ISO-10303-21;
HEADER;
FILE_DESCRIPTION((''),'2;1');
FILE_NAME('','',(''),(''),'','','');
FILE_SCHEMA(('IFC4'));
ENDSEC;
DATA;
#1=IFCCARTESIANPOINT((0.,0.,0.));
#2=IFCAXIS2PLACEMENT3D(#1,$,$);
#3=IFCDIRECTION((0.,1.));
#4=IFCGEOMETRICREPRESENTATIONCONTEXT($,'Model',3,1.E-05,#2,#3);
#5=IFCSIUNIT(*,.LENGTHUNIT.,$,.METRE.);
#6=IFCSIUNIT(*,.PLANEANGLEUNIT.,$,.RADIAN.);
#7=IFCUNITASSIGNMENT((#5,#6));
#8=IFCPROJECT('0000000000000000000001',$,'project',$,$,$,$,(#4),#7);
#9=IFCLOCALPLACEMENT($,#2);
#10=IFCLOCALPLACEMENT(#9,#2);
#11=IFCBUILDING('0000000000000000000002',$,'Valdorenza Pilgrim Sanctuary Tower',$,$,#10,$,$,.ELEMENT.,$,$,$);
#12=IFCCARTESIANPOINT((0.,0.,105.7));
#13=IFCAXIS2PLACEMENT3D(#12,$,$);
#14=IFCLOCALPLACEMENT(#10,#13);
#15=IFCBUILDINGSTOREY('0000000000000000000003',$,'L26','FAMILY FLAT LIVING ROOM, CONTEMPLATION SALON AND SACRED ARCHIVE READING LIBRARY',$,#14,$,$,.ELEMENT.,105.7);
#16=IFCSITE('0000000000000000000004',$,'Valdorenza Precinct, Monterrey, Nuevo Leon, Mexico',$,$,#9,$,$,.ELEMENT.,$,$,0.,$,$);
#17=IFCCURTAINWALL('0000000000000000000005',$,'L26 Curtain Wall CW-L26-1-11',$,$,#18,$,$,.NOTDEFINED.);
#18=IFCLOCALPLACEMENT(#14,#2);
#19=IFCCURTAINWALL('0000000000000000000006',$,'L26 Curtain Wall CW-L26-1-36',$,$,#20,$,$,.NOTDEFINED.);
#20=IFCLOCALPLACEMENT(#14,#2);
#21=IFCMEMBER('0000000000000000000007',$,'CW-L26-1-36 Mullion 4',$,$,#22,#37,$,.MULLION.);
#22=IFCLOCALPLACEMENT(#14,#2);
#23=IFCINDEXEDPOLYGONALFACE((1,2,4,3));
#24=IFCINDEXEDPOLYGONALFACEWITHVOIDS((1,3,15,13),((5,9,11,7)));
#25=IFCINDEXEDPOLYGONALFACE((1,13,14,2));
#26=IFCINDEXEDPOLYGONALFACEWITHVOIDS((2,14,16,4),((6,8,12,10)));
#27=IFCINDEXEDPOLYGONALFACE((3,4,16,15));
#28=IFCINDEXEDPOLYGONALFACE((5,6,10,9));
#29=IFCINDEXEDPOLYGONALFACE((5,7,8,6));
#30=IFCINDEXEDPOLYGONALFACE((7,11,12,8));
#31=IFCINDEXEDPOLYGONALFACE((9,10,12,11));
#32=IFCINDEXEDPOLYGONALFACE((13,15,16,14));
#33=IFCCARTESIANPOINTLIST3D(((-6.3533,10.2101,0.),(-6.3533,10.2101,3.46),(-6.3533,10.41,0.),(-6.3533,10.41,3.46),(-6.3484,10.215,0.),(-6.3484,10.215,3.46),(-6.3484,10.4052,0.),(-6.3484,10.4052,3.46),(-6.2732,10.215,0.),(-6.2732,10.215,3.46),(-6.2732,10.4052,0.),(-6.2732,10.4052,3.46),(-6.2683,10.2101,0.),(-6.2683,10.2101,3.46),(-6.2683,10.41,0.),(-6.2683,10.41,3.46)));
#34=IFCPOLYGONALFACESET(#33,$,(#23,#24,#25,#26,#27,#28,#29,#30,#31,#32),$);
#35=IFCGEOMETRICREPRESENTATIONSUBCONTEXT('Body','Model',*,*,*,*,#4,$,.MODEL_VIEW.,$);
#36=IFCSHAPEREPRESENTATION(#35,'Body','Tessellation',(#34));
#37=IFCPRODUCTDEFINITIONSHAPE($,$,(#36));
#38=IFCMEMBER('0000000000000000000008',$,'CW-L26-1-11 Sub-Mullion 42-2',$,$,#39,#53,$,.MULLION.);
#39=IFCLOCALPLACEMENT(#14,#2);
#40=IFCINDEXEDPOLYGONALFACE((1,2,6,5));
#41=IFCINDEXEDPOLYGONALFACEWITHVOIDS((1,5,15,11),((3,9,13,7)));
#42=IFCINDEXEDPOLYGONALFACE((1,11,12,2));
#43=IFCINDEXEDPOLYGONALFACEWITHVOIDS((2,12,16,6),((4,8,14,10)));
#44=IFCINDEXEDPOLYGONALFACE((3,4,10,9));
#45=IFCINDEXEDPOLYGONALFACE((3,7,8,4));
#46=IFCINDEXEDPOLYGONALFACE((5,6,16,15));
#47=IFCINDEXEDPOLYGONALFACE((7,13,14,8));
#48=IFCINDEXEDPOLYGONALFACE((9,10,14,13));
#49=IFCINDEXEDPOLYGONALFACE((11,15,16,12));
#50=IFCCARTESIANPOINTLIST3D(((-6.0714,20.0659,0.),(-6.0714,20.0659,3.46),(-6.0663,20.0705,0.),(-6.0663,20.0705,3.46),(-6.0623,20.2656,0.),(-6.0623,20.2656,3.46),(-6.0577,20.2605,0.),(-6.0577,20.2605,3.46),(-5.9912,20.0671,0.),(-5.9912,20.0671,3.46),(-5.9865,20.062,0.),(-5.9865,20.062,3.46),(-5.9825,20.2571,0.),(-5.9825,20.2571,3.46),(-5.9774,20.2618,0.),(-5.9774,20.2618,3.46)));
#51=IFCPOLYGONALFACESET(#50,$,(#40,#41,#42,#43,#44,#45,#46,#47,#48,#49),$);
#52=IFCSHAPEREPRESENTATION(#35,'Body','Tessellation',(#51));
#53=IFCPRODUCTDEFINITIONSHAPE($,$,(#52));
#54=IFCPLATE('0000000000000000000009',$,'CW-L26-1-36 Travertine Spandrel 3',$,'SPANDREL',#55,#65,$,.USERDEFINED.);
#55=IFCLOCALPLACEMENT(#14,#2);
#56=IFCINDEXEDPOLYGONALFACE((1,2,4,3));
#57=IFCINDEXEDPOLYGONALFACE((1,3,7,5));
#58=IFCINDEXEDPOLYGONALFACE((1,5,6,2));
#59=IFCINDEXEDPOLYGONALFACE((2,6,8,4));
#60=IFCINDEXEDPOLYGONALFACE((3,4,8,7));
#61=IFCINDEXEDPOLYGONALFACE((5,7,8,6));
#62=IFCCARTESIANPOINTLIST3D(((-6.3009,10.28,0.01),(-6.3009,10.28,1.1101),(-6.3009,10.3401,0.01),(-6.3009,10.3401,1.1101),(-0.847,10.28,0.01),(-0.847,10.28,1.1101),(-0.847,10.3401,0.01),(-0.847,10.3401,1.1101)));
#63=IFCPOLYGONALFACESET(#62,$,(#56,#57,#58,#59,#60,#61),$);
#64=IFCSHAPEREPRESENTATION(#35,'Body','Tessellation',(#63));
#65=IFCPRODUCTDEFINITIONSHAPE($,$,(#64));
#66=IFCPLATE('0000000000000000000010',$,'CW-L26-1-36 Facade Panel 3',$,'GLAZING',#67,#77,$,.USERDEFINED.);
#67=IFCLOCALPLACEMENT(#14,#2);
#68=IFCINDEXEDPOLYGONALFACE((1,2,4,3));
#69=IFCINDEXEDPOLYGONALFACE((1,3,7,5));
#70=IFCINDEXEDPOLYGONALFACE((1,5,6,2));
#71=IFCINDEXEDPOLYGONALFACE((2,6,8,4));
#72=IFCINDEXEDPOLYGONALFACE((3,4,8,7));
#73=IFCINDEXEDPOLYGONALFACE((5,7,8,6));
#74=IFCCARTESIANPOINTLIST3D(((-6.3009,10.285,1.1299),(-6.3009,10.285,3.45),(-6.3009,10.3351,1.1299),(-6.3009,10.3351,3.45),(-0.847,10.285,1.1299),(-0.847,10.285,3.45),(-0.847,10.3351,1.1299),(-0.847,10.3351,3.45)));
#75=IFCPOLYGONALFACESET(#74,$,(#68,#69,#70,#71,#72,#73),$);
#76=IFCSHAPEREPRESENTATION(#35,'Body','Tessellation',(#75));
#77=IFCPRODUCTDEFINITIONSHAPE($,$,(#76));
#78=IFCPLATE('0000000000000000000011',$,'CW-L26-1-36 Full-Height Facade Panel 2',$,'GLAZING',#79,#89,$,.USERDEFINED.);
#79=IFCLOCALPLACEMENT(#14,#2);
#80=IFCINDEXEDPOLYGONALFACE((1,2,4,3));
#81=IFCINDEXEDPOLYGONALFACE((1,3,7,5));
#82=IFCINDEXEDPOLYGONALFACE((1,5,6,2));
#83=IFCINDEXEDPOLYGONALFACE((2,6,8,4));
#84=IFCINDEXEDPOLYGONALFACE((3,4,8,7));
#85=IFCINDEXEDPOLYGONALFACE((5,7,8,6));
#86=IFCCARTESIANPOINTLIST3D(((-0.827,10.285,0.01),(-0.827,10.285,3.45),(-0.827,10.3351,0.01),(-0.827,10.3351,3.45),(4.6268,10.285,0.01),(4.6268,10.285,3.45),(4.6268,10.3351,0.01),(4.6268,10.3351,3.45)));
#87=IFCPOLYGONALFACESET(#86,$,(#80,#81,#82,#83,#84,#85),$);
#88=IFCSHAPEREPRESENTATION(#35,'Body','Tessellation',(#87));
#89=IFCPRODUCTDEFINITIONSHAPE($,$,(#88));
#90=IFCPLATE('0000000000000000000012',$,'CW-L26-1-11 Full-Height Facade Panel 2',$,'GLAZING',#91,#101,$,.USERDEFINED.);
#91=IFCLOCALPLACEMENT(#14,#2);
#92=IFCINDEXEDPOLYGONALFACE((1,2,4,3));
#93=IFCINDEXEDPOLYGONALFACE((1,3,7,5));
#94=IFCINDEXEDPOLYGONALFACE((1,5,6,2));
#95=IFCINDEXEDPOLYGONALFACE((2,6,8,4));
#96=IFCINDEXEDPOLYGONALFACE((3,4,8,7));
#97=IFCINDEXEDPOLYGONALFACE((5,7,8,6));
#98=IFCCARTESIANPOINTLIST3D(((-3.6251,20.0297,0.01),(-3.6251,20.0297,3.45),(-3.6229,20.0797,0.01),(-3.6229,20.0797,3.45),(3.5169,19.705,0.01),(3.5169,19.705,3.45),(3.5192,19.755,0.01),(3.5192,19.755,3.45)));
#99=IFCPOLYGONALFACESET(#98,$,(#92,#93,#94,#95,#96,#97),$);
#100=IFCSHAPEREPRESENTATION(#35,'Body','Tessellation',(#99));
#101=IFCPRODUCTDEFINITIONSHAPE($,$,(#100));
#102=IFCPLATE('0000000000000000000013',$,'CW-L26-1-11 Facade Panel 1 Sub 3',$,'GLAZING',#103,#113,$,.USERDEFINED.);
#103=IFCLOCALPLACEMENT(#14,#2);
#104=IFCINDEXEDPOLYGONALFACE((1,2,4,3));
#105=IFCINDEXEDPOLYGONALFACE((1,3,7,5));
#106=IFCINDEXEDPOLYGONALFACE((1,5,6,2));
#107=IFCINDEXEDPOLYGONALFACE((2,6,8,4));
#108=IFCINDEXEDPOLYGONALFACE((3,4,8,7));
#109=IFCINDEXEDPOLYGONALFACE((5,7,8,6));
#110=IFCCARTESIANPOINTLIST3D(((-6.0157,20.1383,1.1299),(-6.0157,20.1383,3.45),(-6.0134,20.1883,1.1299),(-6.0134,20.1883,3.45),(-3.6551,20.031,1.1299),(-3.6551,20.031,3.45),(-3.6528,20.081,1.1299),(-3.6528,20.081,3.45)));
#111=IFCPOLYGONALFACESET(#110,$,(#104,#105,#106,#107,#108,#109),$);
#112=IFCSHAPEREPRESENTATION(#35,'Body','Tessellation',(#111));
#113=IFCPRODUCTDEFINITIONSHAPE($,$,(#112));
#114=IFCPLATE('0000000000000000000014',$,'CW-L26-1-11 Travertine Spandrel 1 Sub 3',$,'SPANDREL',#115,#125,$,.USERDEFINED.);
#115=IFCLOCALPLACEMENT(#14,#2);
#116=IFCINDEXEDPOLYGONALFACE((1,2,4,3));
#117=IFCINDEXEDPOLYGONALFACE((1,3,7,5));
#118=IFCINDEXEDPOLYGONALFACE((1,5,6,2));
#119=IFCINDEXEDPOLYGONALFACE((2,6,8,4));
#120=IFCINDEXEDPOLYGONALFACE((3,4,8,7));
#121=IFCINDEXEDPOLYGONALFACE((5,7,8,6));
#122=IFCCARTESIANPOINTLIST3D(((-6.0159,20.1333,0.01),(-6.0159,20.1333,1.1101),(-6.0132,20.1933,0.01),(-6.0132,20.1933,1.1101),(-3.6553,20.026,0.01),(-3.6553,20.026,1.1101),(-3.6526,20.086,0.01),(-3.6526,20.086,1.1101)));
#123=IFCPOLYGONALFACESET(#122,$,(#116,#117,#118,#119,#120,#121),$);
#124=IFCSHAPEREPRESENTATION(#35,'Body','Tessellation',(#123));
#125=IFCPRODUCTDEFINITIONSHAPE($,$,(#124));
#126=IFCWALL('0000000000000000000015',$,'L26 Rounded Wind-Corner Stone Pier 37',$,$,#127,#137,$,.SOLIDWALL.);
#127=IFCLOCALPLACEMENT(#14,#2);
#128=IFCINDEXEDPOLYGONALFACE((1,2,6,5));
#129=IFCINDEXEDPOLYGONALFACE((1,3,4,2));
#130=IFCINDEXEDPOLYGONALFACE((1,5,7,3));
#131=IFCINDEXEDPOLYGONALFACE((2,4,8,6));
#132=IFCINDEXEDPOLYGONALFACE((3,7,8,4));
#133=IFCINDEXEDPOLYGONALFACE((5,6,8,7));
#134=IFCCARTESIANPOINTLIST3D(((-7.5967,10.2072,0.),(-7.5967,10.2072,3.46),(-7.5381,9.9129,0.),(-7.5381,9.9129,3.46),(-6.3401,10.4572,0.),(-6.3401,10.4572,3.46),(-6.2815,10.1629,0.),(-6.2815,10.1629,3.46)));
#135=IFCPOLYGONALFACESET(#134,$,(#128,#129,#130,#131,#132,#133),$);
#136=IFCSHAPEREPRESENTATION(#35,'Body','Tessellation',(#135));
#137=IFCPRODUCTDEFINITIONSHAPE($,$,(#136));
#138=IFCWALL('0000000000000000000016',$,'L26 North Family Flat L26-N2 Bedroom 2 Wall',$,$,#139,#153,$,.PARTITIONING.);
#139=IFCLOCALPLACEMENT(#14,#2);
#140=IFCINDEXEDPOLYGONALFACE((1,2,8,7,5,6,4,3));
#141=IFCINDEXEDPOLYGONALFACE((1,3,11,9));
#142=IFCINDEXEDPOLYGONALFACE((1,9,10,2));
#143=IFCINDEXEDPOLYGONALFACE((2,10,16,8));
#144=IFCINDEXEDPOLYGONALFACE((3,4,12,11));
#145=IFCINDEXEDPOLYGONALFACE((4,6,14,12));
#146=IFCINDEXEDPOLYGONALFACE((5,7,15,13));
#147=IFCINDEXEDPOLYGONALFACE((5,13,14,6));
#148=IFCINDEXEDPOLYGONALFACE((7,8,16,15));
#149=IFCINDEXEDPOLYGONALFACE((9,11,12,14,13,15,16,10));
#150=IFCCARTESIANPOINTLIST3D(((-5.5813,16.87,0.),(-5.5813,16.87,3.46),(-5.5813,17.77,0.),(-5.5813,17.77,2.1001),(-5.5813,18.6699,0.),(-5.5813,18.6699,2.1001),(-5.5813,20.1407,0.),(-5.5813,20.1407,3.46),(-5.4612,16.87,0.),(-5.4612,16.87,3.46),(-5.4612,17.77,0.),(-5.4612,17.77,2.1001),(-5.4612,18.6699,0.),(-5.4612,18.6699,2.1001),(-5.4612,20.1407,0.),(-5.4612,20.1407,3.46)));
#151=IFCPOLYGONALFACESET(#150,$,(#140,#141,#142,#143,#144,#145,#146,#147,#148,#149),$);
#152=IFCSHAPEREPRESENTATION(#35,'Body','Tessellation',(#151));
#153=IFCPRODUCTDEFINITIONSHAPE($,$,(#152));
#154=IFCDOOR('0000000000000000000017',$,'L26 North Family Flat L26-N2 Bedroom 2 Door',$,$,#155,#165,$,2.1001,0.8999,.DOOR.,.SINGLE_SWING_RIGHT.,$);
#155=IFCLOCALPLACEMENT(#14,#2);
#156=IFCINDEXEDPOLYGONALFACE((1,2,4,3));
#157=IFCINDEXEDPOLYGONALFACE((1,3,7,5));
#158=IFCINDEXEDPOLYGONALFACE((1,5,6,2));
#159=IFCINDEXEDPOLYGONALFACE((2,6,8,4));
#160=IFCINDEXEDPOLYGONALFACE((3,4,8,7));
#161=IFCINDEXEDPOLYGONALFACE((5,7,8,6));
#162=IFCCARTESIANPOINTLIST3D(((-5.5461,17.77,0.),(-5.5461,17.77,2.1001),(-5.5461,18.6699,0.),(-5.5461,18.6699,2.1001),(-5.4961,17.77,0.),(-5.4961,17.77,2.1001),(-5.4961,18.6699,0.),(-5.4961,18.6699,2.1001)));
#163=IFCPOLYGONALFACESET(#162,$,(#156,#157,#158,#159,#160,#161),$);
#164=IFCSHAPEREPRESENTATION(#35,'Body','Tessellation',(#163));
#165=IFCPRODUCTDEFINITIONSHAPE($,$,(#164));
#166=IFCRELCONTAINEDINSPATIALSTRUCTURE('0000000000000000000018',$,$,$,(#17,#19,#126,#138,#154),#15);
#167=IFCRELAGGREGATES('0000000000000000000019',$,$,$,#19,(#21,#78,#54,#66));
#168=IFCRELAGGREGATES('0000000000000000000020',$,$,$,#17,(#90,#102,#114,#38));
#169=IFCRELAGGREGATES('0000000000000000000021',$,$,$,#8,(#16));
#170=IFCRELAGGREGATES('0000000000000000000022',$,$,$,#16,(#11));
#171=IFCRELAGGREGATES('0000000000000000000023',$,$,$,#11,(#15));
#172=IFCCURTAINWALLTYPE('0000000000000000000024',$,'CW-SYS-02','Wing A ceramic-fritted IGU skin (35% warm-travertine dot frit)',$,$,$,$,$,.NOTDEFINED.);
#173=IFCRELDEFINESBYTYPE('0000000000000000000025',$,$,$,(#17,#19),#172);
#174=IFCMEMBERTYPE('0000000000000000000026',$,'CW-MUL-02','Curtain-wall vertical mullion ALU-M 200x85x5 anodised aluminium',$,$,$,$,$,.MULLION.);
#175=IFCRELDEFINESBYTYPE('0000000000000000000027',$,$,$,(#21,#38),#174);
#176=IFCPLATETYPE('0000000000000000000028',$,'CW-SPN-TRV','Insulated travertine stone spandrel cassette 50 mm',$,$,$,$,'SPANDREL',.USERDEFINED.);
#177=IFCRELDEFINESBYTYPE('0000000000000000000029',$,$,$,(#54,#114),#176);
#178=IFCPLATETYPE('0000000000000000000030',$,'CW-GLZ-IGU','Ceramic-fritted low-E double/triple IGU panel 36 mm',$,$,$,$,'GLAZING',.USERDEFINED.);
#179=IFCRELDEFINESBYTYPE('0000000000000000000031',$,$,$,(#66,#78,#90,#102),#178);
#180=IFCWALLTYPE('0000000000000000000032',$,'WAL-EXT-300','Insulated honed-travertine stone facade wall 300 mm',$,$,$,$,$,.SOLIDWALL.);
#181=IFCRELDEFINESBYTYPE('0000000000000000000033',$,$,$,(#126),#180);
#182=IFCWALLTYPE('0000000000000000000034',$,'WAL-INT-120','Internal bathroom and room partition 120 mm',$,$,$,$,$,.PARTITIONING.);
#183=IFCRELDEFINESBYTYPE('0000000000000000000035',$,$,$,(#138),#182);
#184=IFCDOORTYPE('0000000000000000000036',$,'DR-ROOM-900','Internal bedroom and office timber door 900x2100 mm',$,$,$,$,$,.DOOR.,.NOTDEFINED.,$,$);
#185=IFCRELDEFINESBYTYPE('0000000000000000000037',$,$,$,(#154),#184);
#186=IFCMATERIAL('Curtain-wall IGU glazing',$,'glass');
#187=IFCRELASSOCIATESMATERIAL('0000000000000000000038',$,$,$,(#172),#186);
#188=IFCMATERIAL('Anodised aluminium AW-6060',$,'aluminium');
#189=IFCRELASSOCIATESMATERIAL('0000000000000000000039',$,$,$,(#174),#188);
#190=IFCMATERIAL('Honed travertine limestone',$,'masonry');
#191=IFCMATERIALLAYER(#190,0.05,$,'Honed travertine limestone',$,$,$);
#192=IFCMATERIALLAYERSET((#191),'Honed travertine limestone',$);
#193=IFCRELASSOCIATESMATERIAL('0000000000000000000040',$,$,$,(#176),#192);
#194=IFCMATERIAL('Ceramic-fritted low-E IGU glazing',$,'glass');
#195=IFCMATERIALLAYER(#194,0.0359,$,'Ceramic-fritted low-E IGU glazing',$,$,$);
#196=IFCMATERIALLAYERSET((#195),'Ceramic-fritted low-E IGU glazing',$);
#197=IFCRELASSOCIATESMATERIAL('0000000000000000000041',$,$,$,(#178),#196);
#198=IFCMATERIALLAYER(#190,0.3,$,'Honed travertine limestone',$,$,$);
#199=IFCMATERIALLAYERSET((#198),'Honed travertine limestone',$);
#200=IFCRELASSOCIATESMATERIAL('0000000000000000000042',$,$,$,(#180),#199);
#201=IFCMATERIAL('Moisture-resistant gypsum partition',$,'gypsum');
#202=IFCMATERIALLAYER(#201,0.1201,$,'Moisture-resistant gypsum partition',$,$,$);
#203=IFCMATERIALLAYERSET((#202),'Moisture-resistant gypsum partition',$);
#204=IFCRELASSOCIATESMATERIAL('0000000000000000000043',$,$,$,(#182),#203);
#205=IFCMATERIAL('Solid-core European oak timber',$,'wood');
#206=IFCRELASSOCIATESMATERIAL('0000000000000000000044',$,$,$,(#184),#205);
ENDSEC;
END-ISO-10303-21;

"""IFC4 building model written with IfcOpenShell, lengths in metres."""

from ifc_helpers import new_model, si_unit, direction, frame, frame_2d, origin, origin_2d, place, context, subcontext, project, spatial, rectangle, hollow_rectangle, extrude, source, transform, mapped, material, layer, layer_set, material_profile, profile_set, type_object, element, fill, aggregate, save


model = new_model("IFC4")

# Units and contexts
model_context = context("Model", 3, precision=1e-05, world=origin(), true_north=direction((0.0, 1.0)))
body_context = subcontext(model_context, "Body", "Model", "MODEL_VIEW")
ifc_project = project(units=[si_unit("LENGTHUNIT", "METRE"), si_unit("PLANEANGLEUNIT", "RADIAN")], contexts=[model_context])

# Site, building, storey
site_placement = place(None, origin())
site = spatial("IfcSite", under=ifc_project, at=site_placement, Name="Valdorenza Precinct, Monterrey, Nuevo Leon, Mexico", CompositionType="ELEMENT", RefElevation=0.0)
building_placement = place(site_placement, origin())
building = spatial("IfcBuilding", under=site, at=building_placement, Name="Valdorenza Pilgrim Sanctuary Tower", CompositionType="ELEMENT")
storey_placement = place(building_placement, frame((0.0, 0.0, 105.7)))
storey = spatial("IfcBuildingStorey", under=building, at=storey_placement, Name="L26", Description="FAMILY FLAT LIVING ROOM, CONTEMPLATION SALON AND SACRED ARCHIVE READING LIBRARY", CompositionType="ELEMENT", Elevation=105.7)

# Curtain walls, member
ifc_material_1 = material(Name="Curtain-wall IGU glazing", Category="glass")
curtain_wall_type = type_object("IfcCurtainWallType", Name="CW-SYS-02", Description="Wing A ceramic-fritted IGU skin (35% warm-travertine dot frit)", PredefinedType="NOTDEFINED", material=ifc_material_1)
curtain_wall_1_placement = place(storey_placement, origin())
curtain_wall_1 = element("IfcCurtainWall", 1, at=curtain_wall_1_placement, inside=storey, type_object=curtain_wall_type, Name="L26 Curtain Wall CW-L26-1-11", PredefinedType="NOTDEFINED")
ifc_material_2 = material(Name="Anodised aluminium AW-6060", Category="aluminium")
ifc_material_profile_1 = material_profile(ifc_material_2, hollow_rectangle(XDim=0.085, YDim=0.2, WallThickness=0.0049, at=origin_2d()), Name="ALU-M 200x85x5")
ifc_profile_set_1 = profile_set([ifc_material_profile_1], Name="Anodised aluminium AW-6060")
member_type = type_object("IfcMemberType", Name="CW-MUL-02", Description="Curtain-wall vertical mullion ALU-M 200x85x5 anodised aluminium", PredefinedType="MULLION", material=ifc_profile_set_1)
shared_shape_1 = source(origin(), body_context, "Body", "SweptSolid", [
    extrude(hollow_rectangle(XDim=0.085, YDim=0.2, WallThickness=0.0049, at=origin_2d()), origin(), (0.0, 0.0, 1.0), 3.46),
])
curtain_wall_2_placement = place(storey_placement, origin())
curtain_wall_2 = element("IfcCurtainWall", 2, at=curtain_wall_2_placement, inside=storey, type_object=curtain_wall_type, Name="L26 Curtain Wall CW-L26-1-36", PredefinedType="NOTDEFINED")
member_1_placement = place(storey_placement, frame((-6.3108, 10.3101, 0.0), z_axis=(0.0, 0.0, 1.0), x_axis=(-1.0, 0.0, 0.0)))
member_1 = element("IfcMember", 3, at=member_1_placement, type_object=member_type, Name="CW-L26-1-36 Mullion 4", PredefinedType="MULLION", context=body_context, shape_type="MappedRepresentation", body=[
    mapped(shared_shape_1, transform((0.0, 0.0, 0.0), x_axis=(1.0, 0.0, 0.0), y_axis=(0.0, 1.0, 0.0), z_axis=(0.0, 0.0, 1.0), scale=1.0)),
])

# Member
member_2_placement = place(storey_placement, frame((-6.0244, 20.1638, 0.0), z_axis=(0.0, 0.0, 1.0), x_axis=(0.998968, -0.045415, 0.0)))
member_2 = element("IfcMember", 4, at=member_2_placement, type_object=member_type, Name="CW-L26-1-11 Sub-Mullion 42-2", PredefinedType="MULLION", context=body_context, shape_type="MappedRepresentation", body=[
    mapped(shared_shape_1, transform((0.0, 0.0, 0.0), x_axis=(1.0, 0.0, 0.0), y_axis=(0.0, 1.0, 0.0), z_axis=(0.0, 0.0, 1.0), scale=1.0)),
])

# Plates
ifc_material_3 = material(Name="Honed travertine limestone", Category="masonry")
ifc_layer_1 = layer(ifc_material_3, 0.05, Name="Honed travertine limestone")
ifc_layer_set_1 = layer_set([ifc_layer_1], Name="Honed travertine limestone")
plate_type_1 = type_object("IfcPlateType", Name="CW-SPN-TRV", Description="Insulated travertine stone spandrel cassette 50 mm", ElementType="SPANDREL", PredefinedType="USERDEFINED", material=ifc_layer_set_1)
shared_shape_2 = source(origin(), body_context, "Body", "SweptSolid", [
    extrude(rectangle(XDim=5.4539, YDim=0.0601, at=origin_2d()), origin(), (0.0, 0.0, 1.0), 1.1001),
])
plate_1_placement = place(storey_placement, frame((-3.574, 10.3101, 0.01), z_axis=(0.0, 0.0, 1.0), x_axis=(-1.0, 0.0, 0.0)))
plate_1 = element("IfcPlate", 5, at=plate_1_placement, type_object=plate_type_1, Name="CW-L26-1-36 Travertine Spandrel 3", ObjectType="SPANDREL", PredefinedType="USERDEFINED", context=body_context, shape_type="MappedRepresentation", body=[
    mapped(shared_shape_2, transform((0.0, 0.0, 0.0), x_axis=(1.0, 0.0, 0.0), y_axis=(0.0, 1.0, 0.0), z_axis=(0.0, 0.0, 1.0), scale=1.0)),
])
ifc_material_4 = material(Name="Ceramic-fritted low-E IGU glazing", Category="glass")
ifc_layer_2 = layer(ifc_material_4, 0.0359, Name="Ceramic-fritted low-E IGU glazing")
ifc_layer_set_2 = layer_set([ifc_layer_2], Name="Ceramic-fritted low-E IGU glazing")
plate_type_2 = type_object("IfcPlateType", Name="CW-GLZ-IGU", Description="Ceramic-fritted low-E double/triple IGU panel 36 mm", ElementType="GLAZING", PredefinedType="USERDEFINED", material=ifc_layer_set_2)
shared_shape_3 = source(origin(), body_context, "Body", "SweptSolid", [
    extrude(rectangle(XDim=5.4539, YDim=0.05, at=origin_2d()), origin(), (0.0, 0.0, 1.0), 2.3201),
])
plate_2_placement = place(storey_placement, frame((-3.574, 10.3101, 1.1299), z_axis=(0.0, 0.0, 1.0), x_axis=(-1.0, 0.0, 0.0)))
plate_2 = element("IfcPlate", 6, at=plate_2_placement, type_object=plate_type_2, Name="CW-L26-1-36 Facade Panel 3", ObjectType="GLAZING", PredefinedType="USERDEFINED", context=body_context, shape_type="MappedRepresentation", body=[
    mapped(shared_shape_3, transform((0.0, 0.0, 0.0), x_axis=(1.0, 0.0, 0.0), y_axis=(0.0, 1.0, 0.0), z_axis=(0.0, 0.0, 1.0), scale=1.0)),
])
shared_shape_4 = source(origin(), body_context, "Body", "SweptSolid", [
    extrude(rectangle(XDim=5.4539, YDim=0.05, at=origin_2d()), origin(), (0.0, 0.0, 1.0), 3.4399),
])
plate_3_placement = place(storey_placement, frame((1.8999, 10.3101, 0.01), z_axis=(0.0, 0.0, 1.0), x_axis=(-1.0, 0.0, 0.0)))
plate_3 = element("IfcPlate", 7, at=plate_3_placement, type_object=plate_type_2, Name="CW-L26-1-36 Full-Height Facade Panel 2", ObjectType="GLAZING", PredefinedType="USERDEFINED", context=body_context, shape_type="MappedRepresentation", body=[
    mapped(shared_shape_4, transform((0.0, 0.0, 0.0), x_axis=(1.0, 0.0, 0.0), y_axis=(0.0, 1.0, 0.0), z_axis=(0.0, 0.0, 1.0), scale=1.0)),
])
aggregate(curtain_wall_2, [member_1, plate_3, plate_1, plate_2])
shared_shape_5 = source(origin(), body_context, "Body", "SweptSolid", [
    extrude(rectangle(XDim=7.1494, YDim=0.05, at=origin_2d()), origin(), (0.0, 0.0, 1.0), 3.4399),
])
plate_4_placement = place(storey_placement, frame((-0.053, 19.8923, 0.01), z_axis=(0.0, 0.0, 1.0), x_axis=(0.998968, -0.045415, 0.0)))
plate_4 = element("IfcPlate", 8, at=plate_4_placement, type_object=plate_type_2, Name="CW-L26-1-11 Full-Height Facade Panel 2", ObjectType="GLAZING", PredefinedType="USERDEFINED", context=body_context, shape_type="MappedRepresentation", body=[
    mapped(shared_shape_5, transform((0.0, 0.0, 0.0), x_axis=(1.0, 0.0, 0.0), y_axis=(0.0, 1.0, 0.0), z_axis=(0.0, 0.0, 1.0), scale=1.0)),
])
shared_shape_6 = source(origin(), body_context, "Body", "SweptSolid", [
    extrude(rectangle(XDim=2.363, YDim=0.05, at=origin_2d()), origin(), (0.0, 0.0, 1.0), 2.3201),
])
plate_5_placement = place(storey_placement, frame((-4.8342, 20.1096, 1.1299), z_axis=(0.0, 0.0, 1.0), x_axis=(0.998968, -0.045415, 0.0)))
plate_5 = element("IfcPlate", 9, at=plate_5_placement, type_object=plate_type_2, Name="CW-L26-1-11 Facade Panel 1 Sub 3", ObjectType="GLAZING", PredefinedType="USERDEFINED", context=body_context, shape_type="MappedRepresentation", body=[
    mapped(shared_shape_6, transform((0.0, 0.0, 0.0), x_axis=(1.0, 0.0, 0.0), y_axis=(0.0, 1.0, 0.0), z_axis=(0.0, 0.0, 1.0), scale=1.0)),
])
shared_shape_7 = source(origin(), body_context, "Body", "SweptSolid", [
    extrude(rectangle(XDim=2.363, YDim=0.0601, at=origin_2d()), origin(), (0.0, 0.0, 1.0), 1.1001),
])
plate_6_placement = place(storey_placement, frame((-4.8342, 20.1096, 0.01), z_axis=(0.0, 0.0, 1.0), x_axis=(0.998968, -0.045415, 0.0)))
plate_6 = element("IfcPlate", 10, at=plate_6_placement, type_object=plate_type_1, Name="CW-L26-1-11 Travertine Spandrel 1 Sub 3", ObjectType="SPANDREL", PredefinedType="USERDEFINED", context=body_context, shape_type="MappedRepresentation", body=[
    mapped(shared_shape_7, transform((0.0, 0.0, 0.0), x_axis=(1.0, 0.0, 0.0), y_axis=(0.0, 1.0, 0.0), z_axis=(0.0, 0.0, 1.0), scale=1.0)),
])
aggregate(curtain_wall_1, [plate_4, plate_5, plate_6, member_2])

# Wall
ifc_layer_3 = layer(ifc_material_3, 0.3, Name="Honed travertine limestone")
ifc_layer_set_3 = layer_set([ifc_layer_3], Name="Honed travertine limestone")
wall_type_1 = type_object("IfcWallType", Name="WAL-EXT-300", Description="Insulated honed-travertine stone facade wall 300 mm", PredefinedType="SOLIDWALL", material=ifc_layer_set_3)
wall_1_placement = place(storey_placement, frame((-6.3108, 10.3101, 0.0), z_axis=(0.0, 0.0, 1.0), x_axis=(-0.980778, -0.195127, 0.0)))
element("IfcWall", 11, at=wall_1_placement, inside=storey, type_object=wall_type_1, Name="L26 Rounded Wind-Corner Stone Pier 37", PredefinedType="SOLIDWALL", context=body_context, shape_type="SweptSolid", body=[
    extrude(rectangle(XDim=1.2812, YDim=0.3, at=frame_2d((0.6406, 0.0))), origin(), (0.0, 0.0, 1.0), 3.46),
])

# Wall, opening, door
ifc_material_5 = material(Name="Moisture-resistant gypsum partition", Category="gypsum")
ifc_layer_4 = layer(ifc_material_5, 0.1201, Name="Moisture-resistant gypsum partition")
ifc_layer_set_4 = layer_set([ifc_layer_4], Name="Moisture-resistant gypsum partition")
wall_type_2 = type_object("IfcWallType", Name="WAL-INT-120", Description="Internal bathroom and room partition 120 mm", PredefinedType="PARTITIONING", material=ifc_layer_set_4)
wall_2_placement = place(storey_placement, frame((-5.5212, 16.8701, 0.0), z_axis=(0.0, 0.0, 1.0), x_axis=(0.0, 1.0, 0.0)))
wall_2 = element("IfcWall", 12, at=wall_2_placement, inside=storey, type_object=wall_type_2, Name="L26 North Family Flat L26-N2 Bedroom 2 Wall", PredefinedType="PARTITIONING", context=body_context, shape_type="SweptSolid", body=[
    extrude(rectangle(XDim=3.2708, YDim=0.1201, at=frame_2d((1.6353, 0.0))), origin(), (0.0, 0.0, 1.0), 3.46),
])
opening_1_placement = place(wall_2_placement, frame((0.8999, 0.0, 0.0)))
opening_1 = element("IfcOpeningElement", 13, at=opening_1_placement, cuts=wall_2, PredefinedType="OPENING", context=body_context, shape_type="SweptSolid", body=[
    extrude(rectangle(XDim=0.8999, YDim=2.1001, at=frame_2d((0.45, 1.05))), frame((0.0, 0.075, 0.0), z_axis=(0.0, -1.0, 0.0), x_axis=(1.0, 0.0, 0.0)), (0.0, 0.0, 1.0), 0.1499),
])
ifc_material_6 = material(Name="Solid-core European oak timber", Category="wood")
door_type_1 = type_object("IfcDoorType", Name="DR-ROOM-900", Description="Internal bedroom and office timber door 900x2100 mm", OperationType="NOTDEFINED", PredefinedType="DOOR", material=ifc_material_6)
door_1_placement = place(opening_1_placement, origin())
door_1 = element("IfcDoor", 14, at=door_1_placement, inside=storey, type_object=door_type_1, Name="L26 North Family Flat L26-N2 Bedroom 2 Door", OperationType="SINGLE_SWING_RIGHT", OverallHeight=2.1001, OverallWidth=0.8999, PredefinedType="DOOR", context=body_context, shape_type="SweptSolid", body=[
    extrude(rectangle(XDim=0.8999, YDim=2.1001, at=frame_2d((0.45, 1.05))), frame((0.0, 0.0249, 0.0), z_axis=(0.0, -1.0, 0.0), x_axis=(1.0, 0.0, 0.0)), (0.0, 0.0, 1.0), 0.05),
])
fill(opening_1, door_1)

save(model, "model.ifc")
